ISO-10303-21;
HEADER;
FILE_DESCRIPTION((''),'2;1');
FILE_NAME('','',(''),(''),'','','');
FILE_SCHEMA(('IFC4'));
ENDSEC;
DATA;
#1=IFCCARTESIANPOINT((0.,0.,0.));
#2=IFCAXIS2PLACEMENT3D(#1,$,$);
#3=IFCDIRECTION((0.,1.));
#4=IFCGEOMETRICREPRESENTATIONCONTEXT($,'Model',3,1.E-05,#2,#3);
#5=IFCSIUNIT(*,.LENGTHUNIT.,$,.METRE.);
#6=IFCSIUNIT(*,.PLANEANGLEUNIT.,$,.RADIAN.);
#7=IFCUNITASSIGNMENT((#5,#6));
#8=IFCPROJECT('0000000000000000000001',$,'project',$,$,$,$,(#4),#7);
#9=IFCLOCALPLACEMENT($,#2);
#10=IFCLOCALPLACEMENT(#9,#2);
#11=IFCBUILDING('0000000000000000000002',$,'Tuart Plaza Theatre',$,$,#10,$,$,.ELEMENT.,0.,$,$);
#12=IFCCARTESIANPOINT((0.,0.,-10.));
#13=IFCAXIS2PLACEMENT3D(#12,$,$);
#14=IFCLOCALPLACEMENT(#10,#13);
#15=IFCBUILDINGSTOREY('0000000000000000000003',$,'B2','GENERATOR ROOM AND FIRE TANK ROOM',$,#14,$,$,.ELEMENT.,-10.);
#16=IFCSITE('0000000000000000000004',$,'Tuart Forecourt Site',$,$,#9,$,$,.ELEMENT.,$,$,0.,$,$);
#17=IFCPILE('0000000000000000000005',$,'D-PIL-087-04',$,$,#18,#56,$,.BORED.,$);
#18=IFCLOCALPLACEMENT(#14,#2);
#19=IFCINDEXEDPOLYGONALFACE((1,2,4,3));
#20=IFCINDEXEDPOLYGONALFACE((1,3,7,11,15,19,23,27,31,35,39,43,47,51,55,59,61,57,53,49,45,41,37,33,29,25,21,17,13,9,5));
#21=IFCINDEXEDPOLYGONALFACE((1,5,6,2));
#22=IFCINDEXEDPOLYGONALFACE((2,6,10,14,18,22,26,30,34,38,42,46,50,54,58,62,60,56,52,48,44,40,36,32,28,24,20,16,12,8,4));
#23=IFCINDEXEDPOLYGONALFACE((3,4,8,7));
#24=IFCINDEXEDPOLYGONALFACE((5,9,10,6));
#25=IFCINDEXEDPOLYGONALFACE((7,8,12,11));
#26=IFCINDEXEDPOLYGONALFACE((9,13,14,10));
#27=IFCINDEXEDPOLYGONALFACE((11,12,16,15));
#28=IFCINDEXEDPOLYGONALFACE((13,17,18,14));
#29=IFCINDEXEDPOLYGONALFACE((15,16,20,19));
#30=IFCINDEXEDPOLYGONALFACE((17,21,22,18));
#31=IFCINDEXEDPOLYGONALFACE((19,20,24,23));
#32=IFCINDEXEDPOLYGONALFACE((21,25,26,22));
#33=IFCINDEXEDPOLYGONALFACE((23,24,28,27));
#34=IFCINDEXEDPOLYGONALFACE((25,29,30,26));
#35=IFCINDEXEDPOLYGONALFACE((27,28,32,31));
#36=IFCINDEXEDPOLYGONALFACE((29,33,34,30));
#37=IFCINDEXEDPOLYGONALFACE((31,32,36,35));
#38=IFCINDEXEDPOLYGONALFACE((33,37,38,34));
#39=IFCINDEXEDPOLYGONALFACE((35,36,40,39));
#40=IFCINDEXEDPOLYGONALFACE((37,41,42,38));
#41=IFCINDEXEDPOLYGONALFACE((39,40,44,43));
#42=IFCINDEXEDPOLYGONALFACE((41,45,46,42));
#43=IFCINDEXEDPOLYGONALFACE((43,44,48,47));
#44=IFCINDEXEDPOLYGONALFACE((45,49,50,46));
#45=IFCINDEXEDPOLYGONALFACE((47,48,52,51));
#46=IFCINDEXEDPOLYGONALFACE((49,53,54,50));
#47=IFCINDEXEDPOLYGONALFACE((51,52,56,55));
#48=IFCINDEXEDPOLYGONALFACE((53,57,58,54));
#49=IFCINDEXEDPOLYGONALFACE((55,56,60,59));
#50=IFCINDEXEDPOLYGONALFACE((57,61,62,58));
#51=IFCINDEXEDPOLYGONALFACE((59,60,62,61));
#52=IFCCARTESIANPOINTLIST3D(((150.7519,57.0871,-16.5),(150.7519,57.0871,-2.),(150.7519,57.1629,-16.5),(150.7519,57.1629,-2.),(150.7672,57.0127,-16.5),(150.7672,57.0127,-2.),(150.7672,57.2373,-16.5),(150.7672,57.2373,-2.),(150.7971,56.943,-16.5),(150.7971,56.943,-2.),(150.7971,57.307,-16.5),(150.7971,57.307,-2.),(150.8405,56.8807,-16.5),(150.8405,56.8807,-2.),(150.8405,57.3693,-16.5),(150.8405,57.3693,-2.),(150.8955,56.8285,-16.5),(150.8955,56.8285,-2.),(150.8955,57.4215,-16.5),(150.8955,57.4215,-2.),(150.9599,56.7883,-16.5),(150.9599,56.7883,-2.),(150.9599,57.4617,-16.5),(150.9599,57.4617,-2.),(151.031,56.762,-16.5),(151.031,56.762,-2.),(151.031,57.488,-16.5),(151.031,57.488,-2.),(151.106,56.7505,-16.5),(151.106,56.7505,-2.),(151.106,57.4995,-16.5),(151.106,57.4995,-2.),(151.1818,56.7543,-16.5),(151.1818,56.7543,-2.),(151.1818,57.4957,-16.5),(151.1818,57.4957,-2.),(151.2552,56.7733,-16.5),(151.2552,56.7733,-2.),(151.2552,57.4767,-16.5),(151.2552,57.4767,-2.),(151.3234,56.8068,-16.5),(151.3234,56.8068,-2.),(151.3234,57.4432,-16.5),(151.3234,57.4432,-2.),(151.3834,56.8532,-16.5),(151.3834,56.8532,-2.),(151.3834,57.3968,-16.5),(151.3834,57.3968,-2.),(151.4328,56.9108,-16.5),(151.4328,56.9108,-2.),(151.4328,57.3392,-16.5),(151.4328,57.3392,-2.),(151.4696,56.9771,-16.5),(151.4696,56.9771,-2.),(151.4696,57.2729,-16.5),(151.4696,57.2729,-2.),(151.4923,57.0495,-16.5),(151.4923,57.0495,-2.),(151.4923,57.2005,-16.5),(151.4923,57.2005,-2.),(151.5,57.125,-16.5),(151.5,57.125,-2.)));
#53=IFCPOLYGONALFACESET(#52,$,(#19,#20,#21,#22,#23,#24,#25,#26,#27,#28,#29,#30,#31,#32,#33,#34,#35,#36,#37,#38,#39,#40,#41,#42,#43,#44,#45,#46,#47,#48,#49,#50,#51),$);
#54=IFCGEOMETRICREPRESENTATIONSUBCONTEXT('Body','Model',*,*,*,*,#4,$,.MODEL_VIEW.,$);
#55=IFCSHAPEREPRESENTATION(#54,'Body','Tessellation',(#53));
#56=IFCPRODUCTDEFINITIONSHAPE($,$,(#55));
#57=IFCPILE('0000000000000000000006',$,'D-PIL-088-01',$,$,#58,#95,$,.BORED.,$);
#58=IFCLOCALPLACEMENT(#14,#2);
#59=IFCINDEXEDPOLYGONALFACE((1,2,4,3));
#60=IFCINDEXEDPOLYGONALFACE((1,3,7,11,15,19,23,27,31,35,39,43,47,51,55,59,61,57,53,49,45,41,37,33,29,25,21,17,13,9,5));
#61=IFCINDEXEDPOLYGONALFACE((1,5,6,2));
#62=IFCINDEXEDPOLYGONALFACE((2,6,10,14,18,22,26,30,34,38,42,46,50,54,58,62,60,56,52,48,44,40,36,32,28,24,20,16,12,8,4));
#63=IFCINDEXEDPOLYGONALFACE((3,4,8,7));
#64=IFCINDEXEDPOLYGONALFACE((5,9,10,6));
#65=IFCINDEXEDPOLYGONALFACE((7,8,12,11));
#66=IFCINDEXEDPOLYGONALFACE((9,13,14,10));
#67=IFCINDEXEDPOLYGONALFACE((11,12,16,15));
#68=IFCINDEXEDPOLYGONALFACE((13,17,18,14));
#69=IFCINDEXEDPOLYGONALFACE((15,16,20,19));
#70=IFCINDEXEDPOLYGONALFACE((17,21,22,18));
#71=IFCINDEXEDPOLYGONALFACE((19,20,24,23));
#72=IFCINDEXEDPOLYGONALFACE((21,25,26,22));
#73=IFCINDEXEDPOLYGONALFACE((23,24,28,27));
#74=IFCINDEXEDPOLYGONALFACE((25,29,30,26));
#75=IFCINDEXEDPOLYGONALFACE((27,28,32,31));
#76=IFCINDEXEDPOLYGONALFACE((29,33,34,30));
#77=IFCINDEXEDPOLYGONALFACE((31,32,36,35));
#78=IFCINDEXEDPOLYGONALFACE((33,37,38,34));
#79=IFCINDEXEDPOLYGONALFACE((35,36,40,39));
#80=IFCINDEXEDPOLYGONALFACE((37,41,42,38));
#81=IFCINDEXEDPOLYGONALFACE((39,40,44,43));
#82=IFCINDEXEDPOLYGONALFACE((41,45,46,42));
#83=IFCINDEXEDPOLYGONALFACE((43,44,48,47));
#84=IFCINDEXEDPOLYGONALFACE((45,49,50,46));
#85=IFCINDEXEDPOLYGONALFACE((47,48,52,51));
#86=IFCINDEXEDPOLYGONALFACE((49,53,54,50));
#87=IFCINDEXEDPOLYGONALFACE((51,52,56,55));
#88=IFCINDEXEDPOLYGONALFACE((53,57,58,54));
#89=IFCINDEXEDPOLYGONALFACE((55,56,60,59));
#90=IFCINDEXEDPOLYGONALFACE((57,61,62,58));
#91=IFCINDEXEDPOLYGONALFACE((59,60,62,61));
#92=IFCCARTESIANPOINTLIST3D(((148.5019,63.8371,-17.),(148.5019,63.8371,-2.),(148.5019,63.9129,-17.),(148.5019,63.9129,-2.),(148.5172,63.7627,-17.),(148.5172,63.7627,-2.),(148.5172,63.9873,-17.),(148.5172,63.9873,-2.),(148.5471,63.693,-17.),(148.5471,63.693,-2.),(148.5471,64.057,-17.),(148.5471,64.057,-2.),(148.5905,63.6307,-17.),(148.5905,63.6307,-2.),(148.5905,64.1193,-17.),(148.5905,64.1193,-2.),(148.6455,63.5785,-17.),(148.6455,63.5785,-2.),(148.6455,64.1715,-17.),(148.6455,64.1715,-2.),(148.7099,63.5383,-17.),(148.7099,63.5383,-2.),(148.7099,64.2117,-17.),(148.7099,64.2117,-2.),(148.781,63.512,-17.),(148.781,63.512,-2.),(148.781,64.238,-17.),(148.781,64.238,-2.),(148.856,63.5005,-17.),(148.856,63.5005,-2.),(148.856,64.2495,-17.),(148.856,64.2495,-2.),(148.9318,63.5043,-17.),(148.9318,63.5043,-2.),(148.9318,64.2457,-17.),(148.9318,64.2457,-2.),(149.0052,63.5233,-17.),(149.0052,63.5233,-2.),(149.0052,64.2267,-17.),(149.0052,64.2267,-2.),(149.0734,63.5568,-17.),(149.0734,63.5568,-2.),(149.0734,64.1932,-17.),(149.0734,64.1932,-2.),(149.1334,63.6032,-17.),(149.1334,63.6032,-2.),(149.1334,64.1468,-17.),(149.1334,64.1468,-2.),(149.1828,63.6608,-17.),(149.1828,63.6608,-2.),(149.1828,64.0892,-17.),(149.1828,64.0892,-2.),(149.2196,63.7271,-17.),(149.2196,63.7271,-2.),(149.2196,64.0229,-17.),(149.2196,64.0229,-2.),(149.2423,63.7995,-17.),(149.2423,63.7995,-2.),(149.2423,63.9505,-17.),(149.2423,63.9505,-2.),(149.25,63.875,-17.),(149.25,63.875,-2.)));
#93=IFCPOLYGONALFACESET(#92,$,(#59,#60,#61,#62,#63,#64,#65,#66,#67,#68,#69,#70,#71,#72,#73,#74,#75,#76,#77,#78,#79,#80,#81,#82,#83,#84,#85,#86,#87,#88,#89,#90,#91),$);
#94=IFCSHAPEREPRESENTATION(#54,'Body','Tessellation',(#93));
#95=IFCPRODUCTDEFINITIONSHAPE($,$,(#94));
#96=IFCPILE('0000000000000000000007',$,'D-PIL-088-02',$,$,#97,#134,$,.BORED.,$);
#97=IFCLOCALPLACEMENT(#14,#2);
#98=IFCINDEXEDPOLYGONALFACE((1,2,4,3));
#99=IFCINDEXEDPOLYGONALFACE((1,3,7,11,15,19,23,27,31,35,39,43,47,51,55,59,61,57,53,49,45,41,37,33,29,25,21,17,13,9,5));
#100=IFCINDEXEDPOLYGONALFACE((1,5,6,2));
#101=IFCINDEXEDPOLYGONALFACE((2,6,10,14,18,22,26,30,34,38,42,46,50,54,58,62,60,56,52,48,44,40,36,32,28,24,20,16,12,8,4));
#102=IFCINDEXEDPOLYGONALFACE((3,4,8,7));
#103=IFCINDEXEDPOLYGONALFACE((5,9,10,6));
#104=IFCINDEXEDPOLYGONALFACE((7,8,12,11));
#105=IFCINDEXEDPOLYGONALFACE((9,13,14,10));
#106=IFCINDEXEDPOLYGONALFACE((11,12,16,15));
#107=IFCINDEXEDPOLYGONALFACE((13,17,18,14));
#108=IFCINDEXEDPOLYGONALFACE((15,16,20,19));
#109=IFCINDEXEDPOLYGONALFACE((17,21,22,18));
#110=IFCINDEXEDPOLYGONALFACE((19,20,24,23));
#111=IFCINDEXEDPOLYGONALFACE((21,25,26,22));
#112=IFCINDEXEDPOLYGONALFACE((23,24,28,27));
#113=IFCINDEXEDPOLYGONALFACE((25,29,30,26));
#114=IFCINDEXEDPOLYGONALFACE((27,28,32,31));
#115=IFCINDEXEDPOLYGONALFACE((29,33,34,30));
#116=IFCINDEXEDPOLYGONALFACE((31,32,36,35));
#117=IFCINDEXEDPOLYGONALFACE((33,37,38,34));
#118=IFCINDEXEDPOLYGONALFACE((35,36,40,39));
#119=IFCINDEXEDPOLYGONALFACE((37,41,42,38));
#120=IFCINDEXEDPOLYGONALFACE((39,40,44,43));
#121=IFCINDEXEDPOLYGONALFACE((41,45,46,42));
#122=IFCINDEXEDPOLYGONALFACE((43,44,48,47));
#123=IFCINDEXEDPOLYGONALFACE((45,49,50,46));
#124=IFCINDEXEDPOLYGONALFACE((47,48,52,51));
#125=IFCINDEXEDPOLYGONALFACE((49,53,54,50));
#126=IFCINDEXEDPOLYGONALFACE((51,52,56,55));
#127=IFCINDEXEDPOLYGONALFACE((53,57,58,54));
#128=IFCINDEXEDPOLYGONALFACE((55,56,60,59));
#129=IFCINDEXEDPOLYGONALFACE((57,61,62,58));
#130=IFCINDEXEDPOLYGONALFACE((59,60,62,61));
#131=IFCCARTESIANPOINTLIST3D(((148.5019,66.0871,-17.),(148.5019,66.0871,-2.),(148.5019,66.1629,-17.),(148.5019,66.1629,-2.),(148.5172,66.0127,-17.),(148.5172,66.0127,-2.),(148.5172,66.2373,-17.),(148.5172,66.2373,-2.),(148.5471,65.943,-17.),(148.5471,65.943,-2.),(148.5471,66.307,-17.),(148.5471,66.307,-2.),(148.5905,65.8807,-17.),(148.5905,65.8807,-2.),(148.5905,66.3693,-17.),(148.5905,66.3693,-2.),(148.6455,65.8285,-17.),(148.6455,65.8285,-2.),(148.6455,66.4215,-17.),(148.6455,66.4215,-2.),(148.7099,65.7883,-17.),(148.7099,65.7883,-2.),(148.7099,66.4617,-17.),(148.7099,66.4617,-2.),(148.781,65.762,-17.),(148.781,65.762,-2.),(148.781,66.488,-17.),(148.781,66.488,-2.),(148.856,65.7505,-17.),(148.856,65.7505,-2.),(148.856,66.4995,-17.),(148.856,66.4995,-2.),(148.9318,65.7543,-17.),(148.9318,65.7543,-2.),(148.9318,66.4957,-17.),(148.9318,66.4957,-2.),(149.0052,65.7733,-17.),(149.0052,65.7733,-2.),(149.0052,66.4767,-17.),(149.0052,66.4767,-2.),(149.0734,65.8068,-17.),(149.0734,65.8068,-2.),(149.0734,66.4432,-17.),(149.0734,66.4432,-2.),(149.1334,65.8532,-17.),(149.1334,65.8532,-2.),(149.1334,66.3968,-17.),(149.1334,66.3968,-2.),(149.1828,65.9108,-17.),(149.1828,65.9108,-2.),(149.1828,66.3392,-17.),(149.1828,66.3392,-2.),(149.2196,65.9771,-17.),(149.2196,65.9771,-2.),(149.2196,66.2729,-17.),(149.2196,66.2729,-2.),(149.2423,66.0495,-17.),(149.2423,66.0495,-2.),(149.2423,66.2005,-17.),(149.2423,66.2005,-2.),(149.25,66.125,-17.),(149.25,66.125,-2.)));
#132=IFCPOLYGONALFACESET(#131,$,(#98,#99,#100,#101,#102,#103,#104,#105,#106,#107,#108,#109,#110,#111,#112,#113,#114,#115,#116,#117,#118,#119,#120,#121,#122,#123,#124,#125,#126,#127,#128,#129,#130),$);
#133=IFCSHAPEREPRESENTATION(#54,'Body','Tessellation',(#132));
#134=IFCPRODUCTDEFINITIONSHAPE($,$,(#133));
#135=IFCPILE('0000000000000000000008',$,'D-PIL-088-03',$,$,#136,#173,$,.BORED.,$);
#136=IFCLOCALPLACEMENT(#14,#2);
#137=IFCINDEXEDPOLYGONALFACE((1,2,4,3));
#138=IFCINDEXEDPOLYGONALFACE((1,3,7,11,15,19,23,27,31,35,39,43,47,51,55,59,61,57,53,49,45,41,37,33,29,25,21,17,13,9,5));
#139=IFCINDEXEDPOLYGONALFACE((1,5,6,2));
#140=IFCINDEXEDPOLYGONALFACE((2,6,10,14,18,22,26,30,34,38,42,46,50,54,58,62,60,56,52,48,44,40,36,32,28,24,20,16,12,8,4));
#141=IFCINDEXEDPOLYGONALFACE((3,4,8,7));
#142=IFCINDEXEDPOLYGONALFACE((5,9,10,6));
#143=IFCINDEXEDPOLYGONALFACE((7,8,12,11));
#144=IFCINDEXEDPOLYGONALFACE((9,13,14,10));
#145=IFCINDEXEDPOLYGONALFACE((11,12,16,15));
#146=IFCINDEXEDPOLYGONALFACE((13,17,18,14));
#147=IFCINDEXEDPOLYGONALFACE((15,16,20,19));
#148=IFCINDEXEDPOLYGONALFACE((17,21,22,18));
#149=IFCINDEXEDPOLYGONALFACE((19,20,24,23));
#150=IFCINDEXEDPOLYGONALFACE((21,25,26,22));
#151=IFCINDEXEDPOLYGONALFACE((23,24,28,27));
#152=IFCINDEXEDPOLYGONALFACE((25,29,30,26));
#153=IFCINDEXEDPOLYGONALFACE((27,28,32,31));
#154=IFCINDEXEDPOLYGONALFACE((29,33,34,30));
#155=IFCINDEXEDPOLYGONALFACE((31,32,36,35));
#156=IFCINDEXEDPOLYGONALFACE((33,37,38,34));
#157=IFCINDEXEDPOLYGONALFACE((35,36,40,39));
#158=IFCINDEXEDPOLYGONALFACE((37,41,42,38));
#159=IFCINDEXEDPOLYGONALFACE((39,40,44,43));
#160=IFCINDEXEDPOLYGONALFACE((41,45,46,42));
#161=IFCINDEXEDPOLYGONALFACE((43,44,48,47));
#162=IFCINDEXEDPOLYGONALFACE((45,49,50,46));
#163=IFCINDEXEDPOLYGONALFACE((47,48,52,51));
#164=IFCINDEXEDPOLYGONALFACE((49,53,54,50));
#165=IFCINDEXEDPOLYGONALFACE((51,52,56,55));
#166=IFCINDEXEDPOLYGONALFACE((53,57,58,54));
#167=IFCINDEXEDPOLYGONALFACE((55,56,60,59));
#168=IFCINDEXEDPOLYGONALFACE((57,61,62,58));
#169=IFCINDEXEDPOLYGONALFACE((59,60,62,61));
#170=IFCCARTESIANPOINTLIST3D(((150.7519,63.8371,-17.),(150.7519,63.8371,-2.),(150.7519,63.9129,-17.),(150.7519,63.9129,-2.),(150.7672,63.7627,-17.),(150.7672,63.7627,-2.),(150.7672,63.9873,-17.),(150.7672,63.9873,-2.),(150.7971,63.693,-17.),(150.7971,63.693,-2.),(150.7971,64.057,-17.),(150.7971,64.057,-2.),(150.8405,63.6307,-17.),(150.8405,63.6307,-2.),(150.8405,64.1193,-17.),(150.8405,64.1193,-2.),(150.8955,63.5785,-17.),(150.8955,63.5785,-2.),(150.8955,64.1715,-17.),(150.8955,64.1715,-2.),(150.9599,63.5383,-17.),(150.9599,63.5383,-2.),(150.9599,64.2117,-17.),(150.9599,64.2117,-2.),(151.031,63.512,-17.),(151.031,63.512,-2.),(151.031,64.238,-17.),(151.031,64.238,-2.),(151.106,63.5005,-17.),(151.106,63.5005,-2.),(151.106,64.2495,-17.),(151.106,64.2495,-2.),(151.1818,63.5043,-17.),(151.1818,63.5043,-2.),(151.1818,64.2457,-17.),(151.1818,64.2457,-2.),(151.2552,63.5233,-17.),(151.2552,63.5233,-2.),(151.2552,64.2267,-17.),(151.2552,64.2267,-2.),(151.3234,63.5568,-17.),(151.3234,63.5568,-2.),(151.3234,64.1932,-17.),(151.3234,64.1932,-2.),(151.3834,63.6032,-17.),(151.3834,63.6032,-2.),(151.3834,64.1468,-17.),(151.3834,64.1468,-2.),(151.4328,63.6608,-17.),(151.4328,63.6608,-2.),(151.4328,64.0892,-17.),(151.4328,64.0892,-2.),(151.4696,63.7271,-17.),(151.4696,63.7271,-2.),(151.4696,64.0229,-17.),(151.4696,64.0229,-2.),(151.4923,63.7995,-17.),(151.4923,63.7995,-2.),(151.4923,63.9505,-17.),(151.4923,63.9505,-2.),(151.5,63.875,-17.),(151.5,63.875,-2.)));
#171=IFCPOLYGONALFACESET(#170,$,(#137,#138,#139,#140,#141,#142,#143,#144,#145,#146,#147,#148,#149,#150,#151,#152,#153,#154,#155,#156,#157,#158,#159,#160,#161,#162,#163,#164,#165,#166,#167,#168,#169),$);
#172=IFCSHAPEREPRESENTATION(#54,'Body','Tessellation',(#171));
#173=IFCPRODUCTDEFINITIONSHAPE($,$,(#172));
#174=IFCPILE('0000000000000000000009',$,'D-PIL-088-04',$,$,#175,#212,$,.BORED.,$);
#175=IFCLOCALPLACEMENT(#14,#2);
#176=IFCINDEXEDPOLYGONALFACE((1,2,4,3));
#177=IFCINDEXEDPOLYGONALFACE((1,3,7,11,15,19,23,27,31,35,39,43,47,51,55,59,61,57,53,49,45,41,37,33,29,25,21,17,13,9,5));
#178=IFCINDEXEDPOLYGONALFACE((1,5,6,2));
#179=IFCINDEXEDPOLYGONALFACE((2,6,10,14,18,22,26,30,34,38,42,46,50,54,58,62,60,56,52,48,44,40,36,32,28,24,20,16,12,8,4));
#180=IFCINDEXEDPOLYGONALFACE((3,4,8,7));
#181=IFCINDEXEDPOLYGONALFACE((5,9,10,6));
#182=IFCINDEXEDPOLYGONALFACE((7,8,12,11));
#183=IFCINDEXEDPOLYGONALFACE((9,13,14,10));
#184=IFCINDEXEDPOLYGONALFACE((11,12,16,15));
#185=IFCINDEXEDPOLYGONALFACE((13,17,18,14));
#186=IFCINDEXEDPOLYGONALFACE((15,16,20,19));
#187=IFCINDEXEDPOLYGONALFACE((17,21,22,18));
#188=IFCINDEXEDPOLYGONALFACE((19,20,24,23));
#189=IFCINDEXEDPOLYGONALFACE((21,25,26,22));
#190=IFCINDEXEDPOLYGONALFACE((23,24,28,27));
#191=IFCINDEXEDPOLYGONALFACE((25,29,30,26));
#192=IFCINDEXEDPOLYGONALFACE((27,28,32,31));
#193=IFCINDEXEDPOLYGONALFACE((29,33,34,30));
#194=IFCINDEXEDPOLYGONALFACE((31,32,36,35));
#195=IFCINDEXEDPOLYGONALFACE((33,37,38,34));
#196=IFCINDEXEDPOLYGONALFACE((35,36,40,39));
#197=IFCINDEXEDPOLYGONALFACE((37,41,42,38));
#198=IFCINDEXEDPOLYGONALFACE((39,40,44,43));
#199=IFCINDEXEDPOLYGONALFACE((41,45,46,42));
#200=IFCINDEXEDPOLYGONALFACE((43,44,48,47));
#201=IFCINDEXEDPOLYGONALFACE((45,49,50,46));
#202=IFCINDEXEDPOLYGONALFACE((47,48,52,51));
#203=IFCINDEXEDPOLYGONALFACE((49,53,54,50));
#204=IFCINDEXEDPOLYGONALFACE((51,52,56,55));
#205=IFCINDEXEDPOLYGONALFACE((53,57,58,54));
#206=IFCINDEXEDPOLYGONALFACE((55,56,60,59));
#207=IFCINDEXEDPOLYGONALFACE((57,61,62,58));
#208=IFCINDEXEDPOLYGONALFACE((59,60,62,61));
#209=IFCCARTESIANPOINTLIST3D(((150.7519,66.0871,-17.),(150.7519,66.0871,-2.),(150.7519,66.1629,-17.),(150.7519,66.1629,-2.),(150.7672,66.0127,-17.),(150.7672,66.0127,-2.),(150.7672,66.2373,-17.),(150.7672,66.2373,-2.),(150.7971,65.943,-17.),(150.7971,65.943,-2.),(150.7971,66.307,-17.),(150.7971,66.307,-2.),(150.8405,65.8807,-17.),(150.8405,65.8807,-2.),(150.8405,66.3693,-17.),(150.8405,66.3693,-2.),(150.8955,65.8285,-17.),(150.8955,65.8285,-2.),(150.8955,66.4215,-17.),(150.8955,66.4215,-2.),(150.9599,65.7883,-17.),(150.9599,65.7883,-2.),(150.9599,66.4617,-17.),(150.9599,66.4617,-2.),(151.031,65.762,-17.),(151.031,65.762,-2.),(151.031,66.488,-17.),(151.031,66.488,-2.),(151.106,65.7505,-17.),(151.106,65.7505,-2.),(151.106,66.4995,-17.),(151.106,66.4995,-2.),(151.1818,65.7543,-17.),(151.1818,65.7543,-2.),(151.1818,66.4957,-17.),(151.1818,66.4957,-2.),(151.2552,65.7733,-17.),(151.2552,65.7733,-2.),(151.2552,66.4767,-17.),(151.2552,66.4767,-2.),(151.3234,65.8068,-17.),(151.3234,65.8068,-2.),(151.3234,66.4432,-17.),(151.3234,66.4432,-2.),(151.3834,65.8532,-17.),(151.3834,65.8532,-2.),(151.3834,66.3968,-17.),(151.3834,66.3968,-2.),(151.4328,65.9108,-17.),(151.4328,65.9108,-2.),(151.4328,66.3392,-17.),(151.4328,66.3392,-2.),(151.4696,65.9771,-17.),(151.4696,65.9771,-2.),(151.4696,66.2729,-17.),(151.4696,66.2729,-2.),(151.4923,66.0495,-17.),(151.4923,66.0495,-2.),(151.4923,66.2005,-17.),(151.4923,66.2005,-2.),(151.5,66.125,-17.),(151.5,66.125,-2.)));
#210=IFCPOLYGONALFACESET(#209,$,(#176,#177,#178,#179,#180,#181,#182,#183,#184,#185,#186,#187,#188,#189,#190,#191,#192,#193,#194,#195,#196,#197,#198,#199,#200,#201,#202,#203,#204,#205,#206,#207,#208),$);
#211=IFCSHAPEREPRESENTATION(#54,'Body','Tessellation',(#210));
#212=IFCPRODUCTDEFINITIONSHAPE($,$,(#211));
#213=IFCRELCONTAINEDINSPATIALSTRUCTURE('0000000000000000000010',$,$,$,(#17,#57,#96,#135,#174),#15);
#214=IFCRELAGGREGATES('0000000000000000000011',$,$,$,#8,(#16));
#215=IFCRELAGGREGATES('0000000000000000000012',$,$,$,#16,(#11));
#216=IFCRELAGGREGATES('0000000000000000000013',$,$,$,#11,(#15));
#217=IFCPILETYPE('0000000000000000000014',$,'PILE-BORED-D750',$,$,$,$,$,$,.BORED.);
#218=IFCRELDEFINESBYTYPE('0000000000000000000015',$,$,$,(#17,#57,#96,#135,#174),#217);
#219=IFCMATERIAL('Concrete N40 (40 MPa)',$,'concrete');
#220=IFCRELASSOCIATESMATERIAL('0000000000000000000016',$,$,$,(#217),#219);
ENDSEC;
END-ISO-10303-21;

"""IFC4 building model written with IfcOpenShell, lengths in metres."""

from ifc_helpers import new_model, si_unit, direction, frame, origin, origin_2d, place, context, subcontext, project, spatial, circle, extrude, material, material_profile, profile_set, type_object, element, save


model = new_model("IFC4")

# Units and contexts
model_context = context("Model", 3, precision=1e-05, world=origin(), true_north=direction((0.0, 1.0)))
body_context = subcontext(model_context, "Body", "Model", "MODEL_VIEW")
ifc_project = project(units=[si_unit("LENGTHUNIT", "METRE"), si_unit("PLANEANGLEUNIT", "RADIAN")], contexts=[model_context])

# Site, building, storey
site_placement = place(None, origin())
site = spatial("IfcSite", under=ifc_project, at=site_placement, Name="Tuart Forecourt Site", CompositionType="ELEMENT", RefElevation=0.0)
building_placement = place(site_placement, origin())
building = spatial("IfcBuilding", under=site, at=building_placement, Name="Tuart Plaza Theatre", CompositionType="ELEMENT", ElevationOfRefHeight=0.0)
storey_placement = place(building_placement, frame((0.0, 0.0, -10.0)))
storey = spatial("IfcBuildingStorey", under=building, at=storey_placement, Name="B2", Description="GENERATOR ROOM AND FIRE TANK ROOM", CompositionType="ELEMENT", Elevation=-10.0)

# Piles
ifc_material_1 = material(Name="Concrete N40 (40 MPa)", Category="concrete")
ifc_material_profile_1 = material_profile(ifc_material_1, circle(Radius=0.375, at=origin_2d()), Name="PILE-BORED-D750")
ifc_profile_set_1 = profile_set([ifc_material_profile_1], Name="Concrete N40 (40 MPa)")
pile_type_1 = type_object("IfcPileType", Name="PILE-BORED-D750", PredefinedType="BORED", material=ifc_profile_set_1)
for number, where, z_axis, x_axis, name in (
    (1, (151.125, 57.125, -2.0), (0.0, 0.0, -1.0), (1.0, 0.0, 0.0), "D-PIL-087-04"),
):
    element("IfcPile", number, at=place(storey_placement, frame(where, z_axis=z_axis, x_axis=x_axis)), inside=storey, type_object=pile_type_1, Name=name, PredefinedType="BORED", context=body_context, shape_type="SweptSolid", body=[
        extrude(circle(Radius=0.375, at=origin_2d()), origin(), (0.0, 0.0, 1.0), 14.5),
    ])
for number, where, z_axis, x_axis, name in (
    (2, (148.875, 63.875, -2.0), (0.0, 0.0, -1.0), (1.0, 0.0, 0.0), "D-PIL-088-01"),
    (3, (148.875, 66.125, -2.0), (0.0, 0.0, -1.0), (1.0, 0.0, 0.0), "D-PIL-088-02"),
    (4, (151.125, 63.875, -2.0), (0.0, 0.0, -1.0), (1.0, 0.0, 0.0), "D-PIL-088-03"),
    (5, (151.125, 66.125, -2.0), (0.0, 0.0, -1.0), (1.0, 0.0, 0.0), "D-PIL-088-04"),
):
    element("IfcPile", number, at=place(storey_placement, frame(where, z_axis=z_axis, x_axis=x_axis)), inside=storey, type_object=pile_type_1, Name=name, PredefinedType="BORED", context=body_context, shape_type="SweptSolid", body=[
        extrude(circle(Radius=0.375, at=origin_2d()), origin(), (0.0, 0.0, 1.0), 15.0),
    ])

save(model, "model.ifc")
